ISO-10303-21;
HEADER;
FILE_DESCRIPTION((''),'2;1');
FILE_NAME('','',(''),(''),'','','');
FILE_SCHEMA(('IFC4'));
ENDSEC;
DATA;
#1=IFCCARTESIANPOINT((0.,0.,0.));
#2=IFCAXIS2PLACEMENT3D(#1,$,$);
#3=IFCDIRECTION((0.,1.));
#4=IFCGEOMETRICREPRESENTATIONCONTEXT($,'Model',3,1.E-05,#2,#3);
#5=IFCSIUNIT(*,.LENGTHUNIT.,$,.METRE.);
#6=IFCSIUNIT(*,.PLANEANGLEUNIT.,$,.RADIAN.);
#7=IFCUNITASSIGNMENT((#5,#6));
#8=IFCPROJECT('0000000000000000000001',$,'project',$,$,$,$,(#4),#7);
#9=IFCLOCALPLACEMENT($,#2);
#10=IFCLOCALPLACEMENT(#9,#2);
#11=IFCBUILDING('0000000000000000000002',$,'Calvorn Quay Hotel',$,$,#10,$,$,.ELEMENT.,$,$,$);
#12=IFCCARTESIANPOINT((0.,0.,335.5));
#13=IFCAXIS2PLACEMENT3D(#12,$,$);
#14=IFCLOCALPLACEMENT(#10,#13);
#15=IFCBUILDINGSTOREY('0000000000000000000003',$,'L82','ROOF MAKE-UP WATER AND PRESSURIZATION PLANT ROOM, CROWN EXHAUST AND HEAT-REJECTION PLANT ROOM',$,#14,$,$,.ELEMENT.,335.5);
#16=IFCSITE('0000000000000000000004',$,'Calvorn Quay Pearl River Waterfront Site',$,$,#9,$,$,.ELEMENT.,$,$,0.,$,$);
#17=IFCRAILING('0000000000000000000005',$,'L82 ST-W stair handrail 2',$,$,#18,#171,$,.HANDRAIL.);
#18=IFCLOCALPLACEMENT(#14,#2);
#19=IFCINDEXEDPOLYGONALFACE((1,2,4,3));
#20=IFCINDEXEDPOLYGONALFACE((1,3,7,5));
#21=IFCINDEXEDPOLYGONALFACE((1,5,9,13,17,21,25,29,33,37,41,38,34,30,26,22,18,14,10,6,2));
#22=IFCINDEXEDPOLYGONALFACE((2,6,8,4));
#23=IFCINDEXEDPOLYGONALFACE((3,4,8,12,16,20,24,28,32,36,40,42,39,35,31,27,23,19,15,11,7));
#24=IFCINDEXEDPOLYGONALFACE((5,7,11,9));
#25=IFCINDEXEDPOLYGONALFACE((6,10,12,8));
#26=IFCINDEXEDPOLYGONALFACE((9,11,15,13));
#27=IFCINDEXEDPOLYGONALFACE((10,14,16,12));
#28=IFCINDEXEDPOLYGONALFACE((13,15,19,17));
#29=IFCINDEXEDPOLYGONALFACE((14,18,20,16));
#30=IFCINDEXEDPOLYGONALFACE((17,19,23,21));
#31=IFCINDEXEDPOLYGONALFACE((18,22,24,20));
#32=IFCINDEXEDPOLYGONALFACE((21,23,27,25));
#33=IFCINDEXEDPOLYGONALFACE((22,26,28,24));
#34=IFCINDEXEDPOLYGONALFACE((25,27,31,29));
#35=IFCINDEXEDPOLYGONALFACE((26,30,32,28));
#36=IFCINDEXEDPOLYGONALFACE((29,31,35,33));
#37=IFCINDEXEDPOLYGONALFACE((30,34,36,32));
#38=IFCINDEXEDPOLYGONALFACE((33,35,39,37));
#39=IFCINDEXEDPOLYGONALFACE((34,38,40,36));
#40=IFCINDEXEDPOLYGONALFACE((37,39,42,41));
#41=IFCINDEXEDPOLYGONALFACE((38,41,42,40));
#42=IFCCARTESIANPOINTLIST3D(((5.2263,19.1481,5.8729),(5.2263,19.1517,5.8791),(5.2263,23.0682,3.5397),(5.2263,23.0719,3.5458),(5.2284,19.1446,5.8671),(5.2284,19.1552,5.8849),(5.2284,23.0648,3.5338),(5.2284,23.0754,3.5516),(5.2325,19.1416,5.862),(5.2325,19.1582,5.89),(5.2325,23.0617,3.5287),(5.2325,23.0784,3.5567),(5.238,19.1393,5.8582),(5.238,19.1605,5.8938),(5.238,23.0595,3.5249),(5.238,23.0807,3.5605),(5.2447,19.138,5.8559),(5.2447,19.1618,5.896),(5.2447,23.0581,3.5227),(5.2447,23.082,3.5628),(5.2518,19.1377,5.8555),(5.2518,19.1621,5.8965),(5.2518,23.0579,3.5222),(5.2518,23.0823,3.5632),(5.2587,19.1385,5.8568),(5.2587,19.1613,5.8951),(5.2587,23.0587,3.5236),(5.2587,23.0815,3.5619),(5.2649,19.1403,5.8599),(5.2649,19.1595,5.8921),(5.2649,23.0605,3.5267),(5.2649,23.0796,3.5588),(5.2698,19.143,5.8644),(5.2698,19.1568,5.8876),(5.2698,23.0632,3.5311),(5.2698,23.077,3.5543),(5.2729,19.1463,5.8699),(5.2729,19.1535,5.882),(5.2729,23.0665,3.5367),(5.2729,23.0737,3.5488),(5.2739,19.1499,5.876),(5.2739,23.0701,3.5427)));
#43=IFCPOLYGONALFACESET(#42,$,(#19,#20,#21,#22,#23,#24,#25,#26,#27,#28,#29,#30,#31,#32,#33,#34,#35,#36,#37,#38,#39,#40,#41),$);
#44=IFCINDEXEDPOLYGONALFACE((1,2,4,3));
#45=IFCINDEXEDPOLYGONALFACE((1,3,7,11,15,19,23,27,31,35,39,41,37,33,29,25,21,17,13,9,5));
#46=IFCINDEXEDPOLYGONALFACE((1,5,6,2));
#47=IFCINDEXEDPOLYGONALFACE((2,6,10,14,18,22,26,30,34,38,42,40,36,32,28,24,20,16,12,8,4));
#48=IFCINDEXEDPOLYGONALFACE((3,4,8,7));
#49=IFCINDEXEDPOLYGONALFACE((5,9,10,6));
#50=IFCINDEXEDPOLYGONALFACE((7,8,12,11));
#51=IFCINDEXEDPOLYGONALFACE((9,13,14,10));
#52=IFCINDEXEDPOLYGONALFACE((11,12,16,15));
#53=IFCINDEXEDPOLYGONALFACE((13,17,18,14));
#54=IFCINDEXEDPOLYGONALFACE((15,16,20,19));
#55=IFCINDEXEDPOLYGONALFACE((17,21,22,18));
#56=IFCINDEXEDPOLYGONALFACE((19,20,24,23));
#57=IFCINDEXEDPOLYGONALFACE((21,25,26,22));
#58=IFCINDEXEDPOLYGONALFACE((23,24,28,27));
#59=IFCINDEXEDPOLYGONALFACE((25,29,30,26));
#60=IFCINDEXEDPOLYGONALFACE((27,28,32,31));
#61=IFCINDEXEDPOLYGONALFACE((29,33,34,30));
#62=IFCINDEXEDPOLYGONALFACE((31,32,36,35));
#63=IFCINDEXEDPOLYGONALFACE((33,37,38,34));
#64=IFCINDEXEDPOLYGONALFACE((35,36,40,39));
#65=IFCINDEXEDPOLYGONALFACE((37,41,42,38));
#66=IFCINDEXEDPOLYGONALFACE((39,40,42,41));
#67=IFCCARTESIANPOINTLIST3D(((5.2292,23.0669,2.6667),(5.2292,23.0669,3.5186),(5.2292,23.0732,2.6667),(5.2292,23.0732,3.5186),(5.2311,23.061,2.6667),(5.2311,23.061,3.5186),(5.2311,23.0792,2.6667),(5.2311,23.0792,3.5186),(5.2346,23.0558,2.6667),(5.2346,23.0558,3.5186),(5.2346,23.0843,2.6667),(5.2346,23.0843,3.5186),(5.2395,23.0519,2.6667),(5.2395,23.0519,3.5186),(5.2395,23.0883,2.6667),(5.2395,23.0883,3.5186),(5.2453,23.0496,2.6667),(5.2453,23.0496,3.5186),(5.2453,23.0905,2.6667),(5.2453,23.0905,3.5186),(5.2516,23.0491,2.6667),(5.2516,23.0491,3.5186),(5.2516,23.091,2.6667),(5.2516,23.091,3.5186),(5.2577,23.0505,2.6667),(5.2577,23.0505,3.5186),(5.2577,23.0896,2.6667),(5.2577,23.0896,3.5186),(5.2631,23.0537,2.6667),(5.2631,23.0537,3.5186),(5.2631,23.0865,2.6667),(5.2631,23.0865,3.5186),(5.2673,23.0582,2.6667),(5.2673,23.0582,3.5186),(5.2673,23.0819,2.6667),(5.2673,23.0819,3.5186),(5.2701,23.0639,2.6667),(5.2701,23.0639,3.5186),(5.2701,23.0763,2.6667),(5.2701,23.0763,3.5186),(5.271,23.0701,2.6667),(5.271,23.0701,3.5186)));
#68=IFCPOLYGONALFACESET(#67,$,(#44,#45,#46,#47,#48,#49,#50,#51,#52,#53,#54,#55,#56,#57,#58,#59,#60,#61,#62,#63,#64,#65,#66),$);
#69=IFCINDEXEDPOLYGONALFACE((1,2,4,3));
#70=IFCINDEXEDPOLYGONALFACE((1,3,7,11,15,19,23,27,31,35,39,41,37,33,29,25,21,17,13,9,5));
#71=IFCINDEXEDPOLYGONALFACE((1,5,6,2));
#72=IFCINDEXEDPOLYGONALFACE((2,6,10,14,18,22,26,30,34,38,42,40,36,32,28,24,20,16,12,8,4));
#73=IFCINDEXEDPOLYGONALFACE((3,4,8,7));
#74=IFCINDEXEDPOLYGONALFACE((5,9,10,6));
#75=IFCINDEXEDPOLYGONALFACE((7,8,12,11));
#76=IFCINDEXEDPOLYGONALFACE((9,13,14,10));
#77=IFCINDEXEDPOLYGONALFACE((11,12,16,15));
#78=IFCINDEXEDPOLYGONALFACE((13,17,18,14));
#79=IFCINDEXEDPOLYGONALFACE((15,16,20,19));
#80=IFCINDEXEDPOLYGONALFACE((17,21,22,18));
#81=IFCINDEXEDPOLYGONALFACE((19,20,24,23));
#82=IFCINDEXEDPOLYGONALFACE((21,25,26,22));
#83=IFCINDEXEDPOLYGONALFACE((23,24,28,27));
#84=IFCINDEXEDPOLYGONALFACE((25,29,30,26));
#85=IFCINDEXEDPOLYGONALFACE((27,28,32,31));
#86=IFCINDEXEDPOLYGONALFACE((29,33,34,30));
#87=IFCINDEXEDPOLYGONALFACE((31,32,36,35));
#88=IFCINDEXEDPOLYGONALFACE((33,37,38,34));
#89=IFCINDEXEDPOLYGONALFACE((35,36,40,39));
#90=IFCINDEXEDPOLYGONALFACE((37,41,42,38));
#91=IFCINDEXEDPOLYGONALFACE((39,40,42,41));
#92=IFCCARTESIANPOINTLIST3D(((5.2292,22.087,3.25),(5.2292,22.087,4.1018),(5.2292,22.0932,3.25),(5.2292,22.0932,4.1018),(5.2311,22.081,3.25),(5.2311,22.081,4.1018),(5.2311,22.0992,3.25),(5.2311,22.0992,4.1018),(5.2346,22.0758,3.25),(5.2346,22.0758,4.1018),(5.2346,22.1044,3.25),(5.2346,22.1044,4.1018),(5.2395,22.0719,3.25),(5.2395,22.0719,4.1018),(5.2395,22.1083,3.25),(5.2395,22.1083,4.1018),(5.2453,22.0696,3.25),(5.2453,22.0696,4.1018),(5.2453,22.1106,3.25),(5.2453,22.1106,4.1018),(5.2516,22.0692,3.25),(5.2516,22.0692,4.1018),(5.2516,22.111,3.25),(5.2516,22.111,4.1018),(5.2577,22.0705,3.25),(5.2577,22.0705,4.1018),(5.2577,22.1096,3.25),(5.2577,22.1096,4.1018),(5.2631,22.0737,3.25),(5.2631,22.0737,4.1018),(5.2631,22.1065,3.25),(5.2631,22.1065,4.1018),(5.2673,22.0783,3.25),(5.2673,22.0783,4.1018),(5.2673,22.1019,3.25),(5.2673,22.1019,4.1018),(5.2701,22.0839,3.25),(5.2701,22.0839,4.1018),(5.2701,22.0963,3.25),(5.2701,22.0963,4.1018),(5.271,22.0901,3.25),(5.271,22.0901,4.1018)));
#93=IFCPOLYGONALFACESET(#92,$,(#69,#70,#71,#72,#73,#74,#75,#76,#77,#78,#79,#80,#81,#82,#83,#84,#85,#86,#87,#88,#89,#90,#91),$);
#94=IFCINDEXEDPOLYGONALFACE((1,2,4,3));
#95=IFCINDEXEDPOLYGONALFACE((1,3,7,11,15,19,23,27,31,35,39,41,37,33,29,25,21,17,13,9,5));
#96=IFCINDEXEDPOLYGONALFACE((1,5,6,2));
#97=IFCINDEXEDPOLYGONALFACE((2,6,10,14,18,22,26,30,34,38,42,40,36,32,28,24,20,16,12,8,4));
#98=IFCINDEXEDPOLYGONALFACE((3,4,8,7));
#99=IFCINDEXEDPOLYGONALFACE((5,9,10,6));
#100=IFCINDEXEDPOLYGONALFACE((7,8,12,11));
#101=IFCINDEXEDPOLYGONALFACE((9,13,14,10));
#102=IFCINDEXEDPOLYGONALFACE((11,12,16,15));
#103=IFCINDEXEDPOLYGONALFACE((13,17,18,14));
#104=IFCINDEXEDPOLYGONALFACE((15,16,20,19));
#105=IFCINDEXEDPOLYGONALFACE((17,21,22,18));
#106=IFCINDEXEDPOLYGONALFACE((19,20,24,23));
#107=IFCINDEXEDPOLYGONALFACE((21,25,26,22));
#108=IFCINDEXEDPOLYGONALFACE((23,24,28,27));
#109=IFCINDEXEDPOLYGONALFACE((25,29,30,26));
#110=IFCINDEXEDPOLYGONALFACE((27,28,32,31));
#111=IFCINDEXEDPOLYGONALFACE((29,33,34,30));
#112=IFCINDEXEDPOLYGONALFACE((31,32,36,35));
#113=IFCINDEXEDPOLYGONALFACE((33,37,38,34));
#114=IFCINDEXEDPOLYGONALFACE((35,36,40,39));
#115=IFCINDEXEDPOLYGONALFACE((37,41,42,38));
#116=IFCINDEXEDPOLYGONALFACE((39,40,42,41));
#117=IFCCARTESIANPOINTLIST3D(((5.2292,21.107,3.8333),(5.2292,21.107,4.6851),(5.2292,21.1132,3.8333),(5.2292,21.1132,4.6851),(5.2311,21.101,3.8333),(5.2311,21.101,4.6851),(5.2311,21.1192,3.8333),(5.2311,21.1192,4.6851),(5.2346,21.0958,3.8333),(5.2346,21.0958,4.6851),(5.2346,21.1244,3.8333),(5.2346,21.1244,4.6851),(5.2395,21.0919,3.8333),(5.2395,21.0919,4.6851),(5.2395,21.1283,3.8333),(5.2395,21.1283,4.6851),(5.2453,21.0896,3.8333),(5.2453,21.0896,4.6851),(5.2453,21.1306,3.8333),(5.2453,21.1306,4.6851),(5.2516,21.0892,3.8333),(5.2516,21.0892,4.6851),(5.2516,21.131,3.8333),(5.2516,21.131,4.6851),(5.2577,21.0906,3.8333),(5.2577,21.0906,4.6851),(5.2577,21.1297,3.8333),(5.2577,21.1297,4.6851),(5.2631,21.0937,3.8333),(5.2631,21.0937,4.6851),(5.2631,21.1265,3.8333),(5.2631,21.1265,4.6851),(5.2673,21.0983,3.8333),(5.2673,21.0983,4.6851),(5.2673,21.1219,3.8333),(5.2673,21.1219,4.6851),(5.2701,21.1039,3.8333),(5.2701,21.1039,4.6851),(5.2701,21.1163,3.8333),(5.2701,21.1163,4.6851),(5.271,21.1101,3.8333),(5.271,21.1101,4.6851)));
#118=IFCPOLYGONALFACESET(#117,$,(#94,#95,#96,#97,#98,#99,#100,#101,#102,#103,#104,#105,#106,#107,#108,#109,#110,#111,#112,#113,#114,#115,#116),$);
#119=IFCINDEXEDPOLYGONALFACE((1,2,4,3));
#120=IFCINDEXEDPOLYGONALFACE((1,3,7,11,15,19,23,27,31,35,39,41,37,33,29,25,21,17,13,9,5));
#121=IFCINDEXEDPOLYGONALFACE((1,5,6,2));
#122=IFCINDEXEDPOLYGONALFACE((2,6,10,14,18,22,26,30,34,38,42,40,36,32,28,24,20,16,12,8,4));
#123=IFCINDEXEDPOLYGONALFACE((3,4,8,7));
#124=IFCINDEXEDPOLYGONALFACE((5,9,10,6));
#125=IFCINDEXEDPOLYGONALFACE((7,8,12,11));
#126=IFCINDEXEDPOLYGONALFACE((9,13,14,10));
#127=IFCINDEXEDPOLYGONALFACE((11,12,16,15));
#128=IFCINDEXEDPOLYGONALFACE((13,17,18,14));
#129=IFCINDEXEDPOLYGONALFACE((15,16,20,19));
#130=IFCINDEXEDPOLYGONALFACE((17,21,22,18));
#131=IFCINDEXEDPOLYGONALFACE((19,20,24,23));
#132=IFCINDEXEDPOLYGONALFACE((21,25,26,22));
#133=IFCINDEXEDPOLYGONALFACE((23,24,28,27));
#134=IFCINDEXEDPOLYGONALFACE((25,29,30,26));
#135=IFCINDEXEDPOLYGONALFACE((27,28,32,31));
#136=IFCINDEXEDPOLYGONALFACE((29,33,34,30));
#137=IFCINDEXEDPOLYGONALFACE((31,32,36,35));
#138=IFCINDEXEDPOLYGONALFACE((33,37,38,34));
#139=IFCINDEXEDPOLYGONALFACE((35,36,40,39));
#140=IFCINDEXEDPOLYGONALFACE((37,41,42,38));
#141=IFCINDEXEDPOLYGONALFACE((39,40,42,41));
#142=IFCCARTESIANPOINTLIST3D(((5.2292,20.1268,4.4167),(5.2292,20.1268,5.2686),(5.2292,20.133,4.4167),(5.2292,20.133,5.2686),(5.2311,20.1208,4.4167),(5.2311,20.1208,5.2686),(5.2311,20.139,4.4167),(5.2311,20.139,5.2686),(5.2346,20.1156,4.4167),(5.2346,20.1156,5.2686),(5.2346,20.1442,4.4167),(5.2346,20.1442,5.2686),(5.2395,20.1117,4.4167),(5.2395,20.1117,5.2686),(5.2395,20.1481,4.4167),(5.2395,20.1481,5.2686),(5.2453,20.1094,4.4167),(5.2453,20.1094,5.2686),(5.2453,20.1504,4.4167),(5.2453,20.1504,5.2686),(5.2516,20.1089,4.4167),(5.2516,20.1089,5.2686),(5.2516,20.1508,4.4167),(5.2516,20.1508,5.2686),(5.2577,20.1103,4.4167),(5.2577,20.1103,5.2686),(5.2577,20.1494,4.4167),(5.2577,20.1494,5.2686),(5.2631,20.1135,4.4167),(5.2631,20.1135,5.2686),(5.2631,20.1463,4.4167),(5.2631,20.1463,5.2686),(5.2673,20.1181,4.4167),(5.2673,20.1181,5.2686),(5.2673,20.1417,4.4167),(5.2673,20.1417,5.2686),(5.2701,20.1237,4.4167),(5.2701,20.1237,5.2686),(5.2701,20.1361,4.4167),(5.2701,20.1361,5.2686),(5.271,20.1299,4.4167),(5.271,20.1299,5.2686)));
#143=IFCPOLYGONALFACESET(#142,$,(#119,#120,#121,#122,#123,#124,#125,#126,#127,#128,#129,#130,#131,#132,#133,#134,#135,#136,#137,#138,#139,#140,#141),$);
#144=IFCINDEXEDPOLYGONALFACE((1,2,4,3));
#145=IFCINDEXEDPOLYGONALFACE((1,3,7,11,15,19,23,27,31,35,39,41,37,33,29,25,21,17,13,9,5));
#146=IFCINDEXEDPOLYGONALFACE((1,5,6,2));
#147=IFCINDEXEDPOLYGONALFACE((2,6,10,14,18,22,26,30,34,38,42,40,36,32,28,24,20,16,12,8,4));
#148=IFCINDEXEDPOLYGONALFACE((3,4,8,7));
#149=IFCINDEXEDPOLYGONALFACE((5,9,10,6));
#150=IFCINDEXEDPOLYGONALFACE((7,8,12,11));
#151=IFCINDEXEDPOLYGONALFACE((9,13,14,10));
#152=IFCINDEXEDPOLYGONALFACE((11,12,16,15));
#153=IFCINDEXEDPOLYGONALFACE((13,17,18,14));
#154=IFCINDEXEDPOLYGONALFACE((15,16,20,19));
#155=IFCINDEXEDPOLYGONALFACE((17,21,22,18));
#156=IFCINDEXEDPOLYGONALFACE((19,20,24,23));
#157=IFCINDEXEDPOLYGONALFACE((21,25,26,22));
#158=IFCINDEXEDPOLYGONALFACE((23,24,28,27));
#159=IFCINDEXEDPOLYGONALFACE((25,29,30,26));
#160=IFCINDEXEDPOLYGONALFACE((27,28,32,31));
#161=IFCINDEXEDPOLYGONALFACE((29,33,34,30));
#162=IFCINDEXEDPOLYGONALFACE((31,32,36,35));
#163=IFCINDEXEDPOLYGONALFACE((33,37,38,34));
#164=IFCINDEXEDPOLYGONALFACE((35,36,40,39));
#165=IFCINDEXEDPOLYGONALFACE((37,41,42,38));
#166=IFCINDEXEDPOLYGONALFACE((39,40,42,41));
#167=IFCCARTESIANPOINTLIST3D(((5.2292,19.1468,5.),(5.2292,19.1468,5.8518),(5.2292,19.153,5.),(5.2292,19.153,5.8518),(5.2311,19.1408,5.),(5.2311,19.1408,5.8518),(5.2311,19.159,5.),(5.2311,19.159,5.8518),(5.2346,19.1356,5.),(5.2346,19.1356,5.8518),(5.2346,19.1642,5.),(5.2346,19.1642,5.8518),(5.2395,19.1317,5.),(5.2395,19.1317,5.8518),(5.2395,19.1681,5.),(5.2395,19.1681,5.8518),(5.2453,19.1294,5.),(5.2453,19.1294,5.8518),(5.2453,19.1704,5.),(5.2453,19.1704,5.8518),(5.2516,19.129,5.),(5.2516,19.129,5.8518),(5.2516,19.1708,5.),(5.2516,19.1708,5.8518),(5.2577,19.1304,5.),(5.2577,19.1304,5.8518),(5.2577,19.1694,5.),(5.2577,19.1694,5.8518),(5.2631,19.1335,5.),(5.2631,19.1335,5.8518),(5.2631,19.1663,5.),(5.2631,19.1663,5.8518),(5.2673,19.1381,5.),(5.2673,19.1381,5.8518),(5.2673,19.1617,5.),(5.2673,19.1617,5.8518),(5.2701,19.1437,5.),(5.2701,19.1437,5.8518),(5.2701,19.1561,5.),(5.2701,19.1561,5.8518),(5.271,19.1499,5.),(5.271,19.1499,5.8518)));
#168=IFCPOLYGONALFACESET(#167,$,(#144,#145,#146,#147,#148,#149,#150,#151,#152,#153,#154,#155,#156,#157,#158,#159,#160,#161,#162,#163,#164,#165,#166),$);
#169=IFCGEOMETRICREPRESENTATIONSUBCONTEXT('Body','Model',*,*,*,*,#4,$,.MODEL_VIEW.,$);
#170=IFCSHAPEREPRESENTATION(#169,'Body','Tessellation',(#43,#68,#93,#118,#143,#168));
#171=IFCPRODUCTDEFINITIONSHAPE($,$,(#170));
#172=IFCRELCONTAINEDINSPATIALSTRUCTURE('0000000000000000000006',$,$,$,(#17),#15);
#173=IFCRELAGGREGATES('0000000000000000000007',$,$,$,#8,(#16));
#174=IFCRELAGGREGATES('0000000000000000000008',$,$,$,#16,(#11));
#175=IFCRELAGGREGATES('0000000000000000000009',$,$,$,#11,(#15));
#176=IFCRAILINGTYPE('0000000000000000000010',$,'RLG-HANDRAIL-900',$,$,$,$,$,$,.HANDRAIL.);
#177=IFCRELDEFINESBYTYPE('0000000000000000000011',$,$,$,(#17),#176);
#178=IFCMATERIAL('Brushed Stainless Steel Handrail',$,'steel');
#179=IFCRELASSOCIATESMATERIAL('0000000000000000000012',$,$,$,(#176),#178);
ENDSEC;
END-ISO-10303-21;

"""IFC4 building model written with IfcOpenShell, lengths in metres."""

from ifc_helpers import new_model, si_unit, direction, frame, origin, origin_2d, place, context, subcontext, project, spatial, circle, extrude, material, type_object, element, save


model = new_model("IFC4")

# Units and contexts
model_context = context("Model", 3, precision=1e-05, world=origin(), true_north=direction((0.0, 1.0)))
body_context = subcontext(model_context, "Body", "Model", "MODEL_VIEW")
ifc_project = project(units=[si_unit("LENGTHUNIT", "METRE"), si_unit("PLANEANGLEUNIT", "RADIAN")], contexts=[model_context])

# Site, building, storey
site_placement = place(None, origin())
site = spatial("IfcSite", under=ifc_project, at=site_placement, Name="Calvorn Quay Pearl River Waterfront Site", CompositionType="ELEMENT", RefElevation=0.0)
building_placement = place(site_placement, origin())
building = spatial("IfcBuilding", under=site, at=building_placement, Name="Calvorn Quay Hotel", CompositionType="ELEMENT")
storey_placement = place(building_placement, frame((0.0, 0.0, 335.5)))
storey = spatial("IfcBuildingStorey", under=building, at=storey_placement, Name="L82", Description="ROOF MAKE-UP WATER AND PRESSURIZATION PLANT ROOM, CROWN EXHAUST AND HEAT-REJECTION PLANT ROOM", CompositionType="ELEMENT", Elevation=335.5)

# Railing
ifc_material_1 = material(Name="Brushed Stainless Steel Handrail", Category="steel")
railing_type_1 = type_object("IfcRailingType", Name="RLG-HANDRAIL-900", PredefinedType="HANDRAIL", material=ifc_material_1)
railing_1_placement = place(storey_placement, frame((5.25, 23.0701, 2.6667)))
element("IfcRailing", 1, at=railing_1_placement, inside=storey, type_object=railing_type_1, Name="L82 ST-W stair handrail 2", PredefinedType="HANDRAIL", context=body_context, shape_type="SweptSolid", body=[
    extrude(circle(Radius=0.0239, at=origin_2d()), frame((0.0, 0.0, 0.876), z_axis=(0.0, -0.85931, 0.511455), x_axis=(1.0, 0.0, 0.0)), (0.0, 0.0, 1.0), 4.562),
    extrude(circle(Radius=0.021, at=origin_2d()), origin(), (0.0, 0.0, 1.0), 0.8518),
    extrude(circle(Radius=0.021, at=origin_2d()), frame((0.0, -0.98, 0.5833)), (0.0, 0.0, 1.0), 0.8518),
    extrude(circle(Radius=0.021, at=origin_2d()), frame((0.0, -1.96, 1.1665)), (0.0, 0.0, 1.0), 0.8518),
    extrude(circle(Radius=0.021, at=origin_2d()), frame((0.0, -2.9402, 1.75)), (0.0, 0.0, 1.0), 0.8518),
    extrude(circle(Radius=0.021, at=origin_2d()), frame((0.0, -3.9202, 2.3333)), (0.0, 0.0, 1.0), 0.8518),
])

save(model, "model.ifc")
